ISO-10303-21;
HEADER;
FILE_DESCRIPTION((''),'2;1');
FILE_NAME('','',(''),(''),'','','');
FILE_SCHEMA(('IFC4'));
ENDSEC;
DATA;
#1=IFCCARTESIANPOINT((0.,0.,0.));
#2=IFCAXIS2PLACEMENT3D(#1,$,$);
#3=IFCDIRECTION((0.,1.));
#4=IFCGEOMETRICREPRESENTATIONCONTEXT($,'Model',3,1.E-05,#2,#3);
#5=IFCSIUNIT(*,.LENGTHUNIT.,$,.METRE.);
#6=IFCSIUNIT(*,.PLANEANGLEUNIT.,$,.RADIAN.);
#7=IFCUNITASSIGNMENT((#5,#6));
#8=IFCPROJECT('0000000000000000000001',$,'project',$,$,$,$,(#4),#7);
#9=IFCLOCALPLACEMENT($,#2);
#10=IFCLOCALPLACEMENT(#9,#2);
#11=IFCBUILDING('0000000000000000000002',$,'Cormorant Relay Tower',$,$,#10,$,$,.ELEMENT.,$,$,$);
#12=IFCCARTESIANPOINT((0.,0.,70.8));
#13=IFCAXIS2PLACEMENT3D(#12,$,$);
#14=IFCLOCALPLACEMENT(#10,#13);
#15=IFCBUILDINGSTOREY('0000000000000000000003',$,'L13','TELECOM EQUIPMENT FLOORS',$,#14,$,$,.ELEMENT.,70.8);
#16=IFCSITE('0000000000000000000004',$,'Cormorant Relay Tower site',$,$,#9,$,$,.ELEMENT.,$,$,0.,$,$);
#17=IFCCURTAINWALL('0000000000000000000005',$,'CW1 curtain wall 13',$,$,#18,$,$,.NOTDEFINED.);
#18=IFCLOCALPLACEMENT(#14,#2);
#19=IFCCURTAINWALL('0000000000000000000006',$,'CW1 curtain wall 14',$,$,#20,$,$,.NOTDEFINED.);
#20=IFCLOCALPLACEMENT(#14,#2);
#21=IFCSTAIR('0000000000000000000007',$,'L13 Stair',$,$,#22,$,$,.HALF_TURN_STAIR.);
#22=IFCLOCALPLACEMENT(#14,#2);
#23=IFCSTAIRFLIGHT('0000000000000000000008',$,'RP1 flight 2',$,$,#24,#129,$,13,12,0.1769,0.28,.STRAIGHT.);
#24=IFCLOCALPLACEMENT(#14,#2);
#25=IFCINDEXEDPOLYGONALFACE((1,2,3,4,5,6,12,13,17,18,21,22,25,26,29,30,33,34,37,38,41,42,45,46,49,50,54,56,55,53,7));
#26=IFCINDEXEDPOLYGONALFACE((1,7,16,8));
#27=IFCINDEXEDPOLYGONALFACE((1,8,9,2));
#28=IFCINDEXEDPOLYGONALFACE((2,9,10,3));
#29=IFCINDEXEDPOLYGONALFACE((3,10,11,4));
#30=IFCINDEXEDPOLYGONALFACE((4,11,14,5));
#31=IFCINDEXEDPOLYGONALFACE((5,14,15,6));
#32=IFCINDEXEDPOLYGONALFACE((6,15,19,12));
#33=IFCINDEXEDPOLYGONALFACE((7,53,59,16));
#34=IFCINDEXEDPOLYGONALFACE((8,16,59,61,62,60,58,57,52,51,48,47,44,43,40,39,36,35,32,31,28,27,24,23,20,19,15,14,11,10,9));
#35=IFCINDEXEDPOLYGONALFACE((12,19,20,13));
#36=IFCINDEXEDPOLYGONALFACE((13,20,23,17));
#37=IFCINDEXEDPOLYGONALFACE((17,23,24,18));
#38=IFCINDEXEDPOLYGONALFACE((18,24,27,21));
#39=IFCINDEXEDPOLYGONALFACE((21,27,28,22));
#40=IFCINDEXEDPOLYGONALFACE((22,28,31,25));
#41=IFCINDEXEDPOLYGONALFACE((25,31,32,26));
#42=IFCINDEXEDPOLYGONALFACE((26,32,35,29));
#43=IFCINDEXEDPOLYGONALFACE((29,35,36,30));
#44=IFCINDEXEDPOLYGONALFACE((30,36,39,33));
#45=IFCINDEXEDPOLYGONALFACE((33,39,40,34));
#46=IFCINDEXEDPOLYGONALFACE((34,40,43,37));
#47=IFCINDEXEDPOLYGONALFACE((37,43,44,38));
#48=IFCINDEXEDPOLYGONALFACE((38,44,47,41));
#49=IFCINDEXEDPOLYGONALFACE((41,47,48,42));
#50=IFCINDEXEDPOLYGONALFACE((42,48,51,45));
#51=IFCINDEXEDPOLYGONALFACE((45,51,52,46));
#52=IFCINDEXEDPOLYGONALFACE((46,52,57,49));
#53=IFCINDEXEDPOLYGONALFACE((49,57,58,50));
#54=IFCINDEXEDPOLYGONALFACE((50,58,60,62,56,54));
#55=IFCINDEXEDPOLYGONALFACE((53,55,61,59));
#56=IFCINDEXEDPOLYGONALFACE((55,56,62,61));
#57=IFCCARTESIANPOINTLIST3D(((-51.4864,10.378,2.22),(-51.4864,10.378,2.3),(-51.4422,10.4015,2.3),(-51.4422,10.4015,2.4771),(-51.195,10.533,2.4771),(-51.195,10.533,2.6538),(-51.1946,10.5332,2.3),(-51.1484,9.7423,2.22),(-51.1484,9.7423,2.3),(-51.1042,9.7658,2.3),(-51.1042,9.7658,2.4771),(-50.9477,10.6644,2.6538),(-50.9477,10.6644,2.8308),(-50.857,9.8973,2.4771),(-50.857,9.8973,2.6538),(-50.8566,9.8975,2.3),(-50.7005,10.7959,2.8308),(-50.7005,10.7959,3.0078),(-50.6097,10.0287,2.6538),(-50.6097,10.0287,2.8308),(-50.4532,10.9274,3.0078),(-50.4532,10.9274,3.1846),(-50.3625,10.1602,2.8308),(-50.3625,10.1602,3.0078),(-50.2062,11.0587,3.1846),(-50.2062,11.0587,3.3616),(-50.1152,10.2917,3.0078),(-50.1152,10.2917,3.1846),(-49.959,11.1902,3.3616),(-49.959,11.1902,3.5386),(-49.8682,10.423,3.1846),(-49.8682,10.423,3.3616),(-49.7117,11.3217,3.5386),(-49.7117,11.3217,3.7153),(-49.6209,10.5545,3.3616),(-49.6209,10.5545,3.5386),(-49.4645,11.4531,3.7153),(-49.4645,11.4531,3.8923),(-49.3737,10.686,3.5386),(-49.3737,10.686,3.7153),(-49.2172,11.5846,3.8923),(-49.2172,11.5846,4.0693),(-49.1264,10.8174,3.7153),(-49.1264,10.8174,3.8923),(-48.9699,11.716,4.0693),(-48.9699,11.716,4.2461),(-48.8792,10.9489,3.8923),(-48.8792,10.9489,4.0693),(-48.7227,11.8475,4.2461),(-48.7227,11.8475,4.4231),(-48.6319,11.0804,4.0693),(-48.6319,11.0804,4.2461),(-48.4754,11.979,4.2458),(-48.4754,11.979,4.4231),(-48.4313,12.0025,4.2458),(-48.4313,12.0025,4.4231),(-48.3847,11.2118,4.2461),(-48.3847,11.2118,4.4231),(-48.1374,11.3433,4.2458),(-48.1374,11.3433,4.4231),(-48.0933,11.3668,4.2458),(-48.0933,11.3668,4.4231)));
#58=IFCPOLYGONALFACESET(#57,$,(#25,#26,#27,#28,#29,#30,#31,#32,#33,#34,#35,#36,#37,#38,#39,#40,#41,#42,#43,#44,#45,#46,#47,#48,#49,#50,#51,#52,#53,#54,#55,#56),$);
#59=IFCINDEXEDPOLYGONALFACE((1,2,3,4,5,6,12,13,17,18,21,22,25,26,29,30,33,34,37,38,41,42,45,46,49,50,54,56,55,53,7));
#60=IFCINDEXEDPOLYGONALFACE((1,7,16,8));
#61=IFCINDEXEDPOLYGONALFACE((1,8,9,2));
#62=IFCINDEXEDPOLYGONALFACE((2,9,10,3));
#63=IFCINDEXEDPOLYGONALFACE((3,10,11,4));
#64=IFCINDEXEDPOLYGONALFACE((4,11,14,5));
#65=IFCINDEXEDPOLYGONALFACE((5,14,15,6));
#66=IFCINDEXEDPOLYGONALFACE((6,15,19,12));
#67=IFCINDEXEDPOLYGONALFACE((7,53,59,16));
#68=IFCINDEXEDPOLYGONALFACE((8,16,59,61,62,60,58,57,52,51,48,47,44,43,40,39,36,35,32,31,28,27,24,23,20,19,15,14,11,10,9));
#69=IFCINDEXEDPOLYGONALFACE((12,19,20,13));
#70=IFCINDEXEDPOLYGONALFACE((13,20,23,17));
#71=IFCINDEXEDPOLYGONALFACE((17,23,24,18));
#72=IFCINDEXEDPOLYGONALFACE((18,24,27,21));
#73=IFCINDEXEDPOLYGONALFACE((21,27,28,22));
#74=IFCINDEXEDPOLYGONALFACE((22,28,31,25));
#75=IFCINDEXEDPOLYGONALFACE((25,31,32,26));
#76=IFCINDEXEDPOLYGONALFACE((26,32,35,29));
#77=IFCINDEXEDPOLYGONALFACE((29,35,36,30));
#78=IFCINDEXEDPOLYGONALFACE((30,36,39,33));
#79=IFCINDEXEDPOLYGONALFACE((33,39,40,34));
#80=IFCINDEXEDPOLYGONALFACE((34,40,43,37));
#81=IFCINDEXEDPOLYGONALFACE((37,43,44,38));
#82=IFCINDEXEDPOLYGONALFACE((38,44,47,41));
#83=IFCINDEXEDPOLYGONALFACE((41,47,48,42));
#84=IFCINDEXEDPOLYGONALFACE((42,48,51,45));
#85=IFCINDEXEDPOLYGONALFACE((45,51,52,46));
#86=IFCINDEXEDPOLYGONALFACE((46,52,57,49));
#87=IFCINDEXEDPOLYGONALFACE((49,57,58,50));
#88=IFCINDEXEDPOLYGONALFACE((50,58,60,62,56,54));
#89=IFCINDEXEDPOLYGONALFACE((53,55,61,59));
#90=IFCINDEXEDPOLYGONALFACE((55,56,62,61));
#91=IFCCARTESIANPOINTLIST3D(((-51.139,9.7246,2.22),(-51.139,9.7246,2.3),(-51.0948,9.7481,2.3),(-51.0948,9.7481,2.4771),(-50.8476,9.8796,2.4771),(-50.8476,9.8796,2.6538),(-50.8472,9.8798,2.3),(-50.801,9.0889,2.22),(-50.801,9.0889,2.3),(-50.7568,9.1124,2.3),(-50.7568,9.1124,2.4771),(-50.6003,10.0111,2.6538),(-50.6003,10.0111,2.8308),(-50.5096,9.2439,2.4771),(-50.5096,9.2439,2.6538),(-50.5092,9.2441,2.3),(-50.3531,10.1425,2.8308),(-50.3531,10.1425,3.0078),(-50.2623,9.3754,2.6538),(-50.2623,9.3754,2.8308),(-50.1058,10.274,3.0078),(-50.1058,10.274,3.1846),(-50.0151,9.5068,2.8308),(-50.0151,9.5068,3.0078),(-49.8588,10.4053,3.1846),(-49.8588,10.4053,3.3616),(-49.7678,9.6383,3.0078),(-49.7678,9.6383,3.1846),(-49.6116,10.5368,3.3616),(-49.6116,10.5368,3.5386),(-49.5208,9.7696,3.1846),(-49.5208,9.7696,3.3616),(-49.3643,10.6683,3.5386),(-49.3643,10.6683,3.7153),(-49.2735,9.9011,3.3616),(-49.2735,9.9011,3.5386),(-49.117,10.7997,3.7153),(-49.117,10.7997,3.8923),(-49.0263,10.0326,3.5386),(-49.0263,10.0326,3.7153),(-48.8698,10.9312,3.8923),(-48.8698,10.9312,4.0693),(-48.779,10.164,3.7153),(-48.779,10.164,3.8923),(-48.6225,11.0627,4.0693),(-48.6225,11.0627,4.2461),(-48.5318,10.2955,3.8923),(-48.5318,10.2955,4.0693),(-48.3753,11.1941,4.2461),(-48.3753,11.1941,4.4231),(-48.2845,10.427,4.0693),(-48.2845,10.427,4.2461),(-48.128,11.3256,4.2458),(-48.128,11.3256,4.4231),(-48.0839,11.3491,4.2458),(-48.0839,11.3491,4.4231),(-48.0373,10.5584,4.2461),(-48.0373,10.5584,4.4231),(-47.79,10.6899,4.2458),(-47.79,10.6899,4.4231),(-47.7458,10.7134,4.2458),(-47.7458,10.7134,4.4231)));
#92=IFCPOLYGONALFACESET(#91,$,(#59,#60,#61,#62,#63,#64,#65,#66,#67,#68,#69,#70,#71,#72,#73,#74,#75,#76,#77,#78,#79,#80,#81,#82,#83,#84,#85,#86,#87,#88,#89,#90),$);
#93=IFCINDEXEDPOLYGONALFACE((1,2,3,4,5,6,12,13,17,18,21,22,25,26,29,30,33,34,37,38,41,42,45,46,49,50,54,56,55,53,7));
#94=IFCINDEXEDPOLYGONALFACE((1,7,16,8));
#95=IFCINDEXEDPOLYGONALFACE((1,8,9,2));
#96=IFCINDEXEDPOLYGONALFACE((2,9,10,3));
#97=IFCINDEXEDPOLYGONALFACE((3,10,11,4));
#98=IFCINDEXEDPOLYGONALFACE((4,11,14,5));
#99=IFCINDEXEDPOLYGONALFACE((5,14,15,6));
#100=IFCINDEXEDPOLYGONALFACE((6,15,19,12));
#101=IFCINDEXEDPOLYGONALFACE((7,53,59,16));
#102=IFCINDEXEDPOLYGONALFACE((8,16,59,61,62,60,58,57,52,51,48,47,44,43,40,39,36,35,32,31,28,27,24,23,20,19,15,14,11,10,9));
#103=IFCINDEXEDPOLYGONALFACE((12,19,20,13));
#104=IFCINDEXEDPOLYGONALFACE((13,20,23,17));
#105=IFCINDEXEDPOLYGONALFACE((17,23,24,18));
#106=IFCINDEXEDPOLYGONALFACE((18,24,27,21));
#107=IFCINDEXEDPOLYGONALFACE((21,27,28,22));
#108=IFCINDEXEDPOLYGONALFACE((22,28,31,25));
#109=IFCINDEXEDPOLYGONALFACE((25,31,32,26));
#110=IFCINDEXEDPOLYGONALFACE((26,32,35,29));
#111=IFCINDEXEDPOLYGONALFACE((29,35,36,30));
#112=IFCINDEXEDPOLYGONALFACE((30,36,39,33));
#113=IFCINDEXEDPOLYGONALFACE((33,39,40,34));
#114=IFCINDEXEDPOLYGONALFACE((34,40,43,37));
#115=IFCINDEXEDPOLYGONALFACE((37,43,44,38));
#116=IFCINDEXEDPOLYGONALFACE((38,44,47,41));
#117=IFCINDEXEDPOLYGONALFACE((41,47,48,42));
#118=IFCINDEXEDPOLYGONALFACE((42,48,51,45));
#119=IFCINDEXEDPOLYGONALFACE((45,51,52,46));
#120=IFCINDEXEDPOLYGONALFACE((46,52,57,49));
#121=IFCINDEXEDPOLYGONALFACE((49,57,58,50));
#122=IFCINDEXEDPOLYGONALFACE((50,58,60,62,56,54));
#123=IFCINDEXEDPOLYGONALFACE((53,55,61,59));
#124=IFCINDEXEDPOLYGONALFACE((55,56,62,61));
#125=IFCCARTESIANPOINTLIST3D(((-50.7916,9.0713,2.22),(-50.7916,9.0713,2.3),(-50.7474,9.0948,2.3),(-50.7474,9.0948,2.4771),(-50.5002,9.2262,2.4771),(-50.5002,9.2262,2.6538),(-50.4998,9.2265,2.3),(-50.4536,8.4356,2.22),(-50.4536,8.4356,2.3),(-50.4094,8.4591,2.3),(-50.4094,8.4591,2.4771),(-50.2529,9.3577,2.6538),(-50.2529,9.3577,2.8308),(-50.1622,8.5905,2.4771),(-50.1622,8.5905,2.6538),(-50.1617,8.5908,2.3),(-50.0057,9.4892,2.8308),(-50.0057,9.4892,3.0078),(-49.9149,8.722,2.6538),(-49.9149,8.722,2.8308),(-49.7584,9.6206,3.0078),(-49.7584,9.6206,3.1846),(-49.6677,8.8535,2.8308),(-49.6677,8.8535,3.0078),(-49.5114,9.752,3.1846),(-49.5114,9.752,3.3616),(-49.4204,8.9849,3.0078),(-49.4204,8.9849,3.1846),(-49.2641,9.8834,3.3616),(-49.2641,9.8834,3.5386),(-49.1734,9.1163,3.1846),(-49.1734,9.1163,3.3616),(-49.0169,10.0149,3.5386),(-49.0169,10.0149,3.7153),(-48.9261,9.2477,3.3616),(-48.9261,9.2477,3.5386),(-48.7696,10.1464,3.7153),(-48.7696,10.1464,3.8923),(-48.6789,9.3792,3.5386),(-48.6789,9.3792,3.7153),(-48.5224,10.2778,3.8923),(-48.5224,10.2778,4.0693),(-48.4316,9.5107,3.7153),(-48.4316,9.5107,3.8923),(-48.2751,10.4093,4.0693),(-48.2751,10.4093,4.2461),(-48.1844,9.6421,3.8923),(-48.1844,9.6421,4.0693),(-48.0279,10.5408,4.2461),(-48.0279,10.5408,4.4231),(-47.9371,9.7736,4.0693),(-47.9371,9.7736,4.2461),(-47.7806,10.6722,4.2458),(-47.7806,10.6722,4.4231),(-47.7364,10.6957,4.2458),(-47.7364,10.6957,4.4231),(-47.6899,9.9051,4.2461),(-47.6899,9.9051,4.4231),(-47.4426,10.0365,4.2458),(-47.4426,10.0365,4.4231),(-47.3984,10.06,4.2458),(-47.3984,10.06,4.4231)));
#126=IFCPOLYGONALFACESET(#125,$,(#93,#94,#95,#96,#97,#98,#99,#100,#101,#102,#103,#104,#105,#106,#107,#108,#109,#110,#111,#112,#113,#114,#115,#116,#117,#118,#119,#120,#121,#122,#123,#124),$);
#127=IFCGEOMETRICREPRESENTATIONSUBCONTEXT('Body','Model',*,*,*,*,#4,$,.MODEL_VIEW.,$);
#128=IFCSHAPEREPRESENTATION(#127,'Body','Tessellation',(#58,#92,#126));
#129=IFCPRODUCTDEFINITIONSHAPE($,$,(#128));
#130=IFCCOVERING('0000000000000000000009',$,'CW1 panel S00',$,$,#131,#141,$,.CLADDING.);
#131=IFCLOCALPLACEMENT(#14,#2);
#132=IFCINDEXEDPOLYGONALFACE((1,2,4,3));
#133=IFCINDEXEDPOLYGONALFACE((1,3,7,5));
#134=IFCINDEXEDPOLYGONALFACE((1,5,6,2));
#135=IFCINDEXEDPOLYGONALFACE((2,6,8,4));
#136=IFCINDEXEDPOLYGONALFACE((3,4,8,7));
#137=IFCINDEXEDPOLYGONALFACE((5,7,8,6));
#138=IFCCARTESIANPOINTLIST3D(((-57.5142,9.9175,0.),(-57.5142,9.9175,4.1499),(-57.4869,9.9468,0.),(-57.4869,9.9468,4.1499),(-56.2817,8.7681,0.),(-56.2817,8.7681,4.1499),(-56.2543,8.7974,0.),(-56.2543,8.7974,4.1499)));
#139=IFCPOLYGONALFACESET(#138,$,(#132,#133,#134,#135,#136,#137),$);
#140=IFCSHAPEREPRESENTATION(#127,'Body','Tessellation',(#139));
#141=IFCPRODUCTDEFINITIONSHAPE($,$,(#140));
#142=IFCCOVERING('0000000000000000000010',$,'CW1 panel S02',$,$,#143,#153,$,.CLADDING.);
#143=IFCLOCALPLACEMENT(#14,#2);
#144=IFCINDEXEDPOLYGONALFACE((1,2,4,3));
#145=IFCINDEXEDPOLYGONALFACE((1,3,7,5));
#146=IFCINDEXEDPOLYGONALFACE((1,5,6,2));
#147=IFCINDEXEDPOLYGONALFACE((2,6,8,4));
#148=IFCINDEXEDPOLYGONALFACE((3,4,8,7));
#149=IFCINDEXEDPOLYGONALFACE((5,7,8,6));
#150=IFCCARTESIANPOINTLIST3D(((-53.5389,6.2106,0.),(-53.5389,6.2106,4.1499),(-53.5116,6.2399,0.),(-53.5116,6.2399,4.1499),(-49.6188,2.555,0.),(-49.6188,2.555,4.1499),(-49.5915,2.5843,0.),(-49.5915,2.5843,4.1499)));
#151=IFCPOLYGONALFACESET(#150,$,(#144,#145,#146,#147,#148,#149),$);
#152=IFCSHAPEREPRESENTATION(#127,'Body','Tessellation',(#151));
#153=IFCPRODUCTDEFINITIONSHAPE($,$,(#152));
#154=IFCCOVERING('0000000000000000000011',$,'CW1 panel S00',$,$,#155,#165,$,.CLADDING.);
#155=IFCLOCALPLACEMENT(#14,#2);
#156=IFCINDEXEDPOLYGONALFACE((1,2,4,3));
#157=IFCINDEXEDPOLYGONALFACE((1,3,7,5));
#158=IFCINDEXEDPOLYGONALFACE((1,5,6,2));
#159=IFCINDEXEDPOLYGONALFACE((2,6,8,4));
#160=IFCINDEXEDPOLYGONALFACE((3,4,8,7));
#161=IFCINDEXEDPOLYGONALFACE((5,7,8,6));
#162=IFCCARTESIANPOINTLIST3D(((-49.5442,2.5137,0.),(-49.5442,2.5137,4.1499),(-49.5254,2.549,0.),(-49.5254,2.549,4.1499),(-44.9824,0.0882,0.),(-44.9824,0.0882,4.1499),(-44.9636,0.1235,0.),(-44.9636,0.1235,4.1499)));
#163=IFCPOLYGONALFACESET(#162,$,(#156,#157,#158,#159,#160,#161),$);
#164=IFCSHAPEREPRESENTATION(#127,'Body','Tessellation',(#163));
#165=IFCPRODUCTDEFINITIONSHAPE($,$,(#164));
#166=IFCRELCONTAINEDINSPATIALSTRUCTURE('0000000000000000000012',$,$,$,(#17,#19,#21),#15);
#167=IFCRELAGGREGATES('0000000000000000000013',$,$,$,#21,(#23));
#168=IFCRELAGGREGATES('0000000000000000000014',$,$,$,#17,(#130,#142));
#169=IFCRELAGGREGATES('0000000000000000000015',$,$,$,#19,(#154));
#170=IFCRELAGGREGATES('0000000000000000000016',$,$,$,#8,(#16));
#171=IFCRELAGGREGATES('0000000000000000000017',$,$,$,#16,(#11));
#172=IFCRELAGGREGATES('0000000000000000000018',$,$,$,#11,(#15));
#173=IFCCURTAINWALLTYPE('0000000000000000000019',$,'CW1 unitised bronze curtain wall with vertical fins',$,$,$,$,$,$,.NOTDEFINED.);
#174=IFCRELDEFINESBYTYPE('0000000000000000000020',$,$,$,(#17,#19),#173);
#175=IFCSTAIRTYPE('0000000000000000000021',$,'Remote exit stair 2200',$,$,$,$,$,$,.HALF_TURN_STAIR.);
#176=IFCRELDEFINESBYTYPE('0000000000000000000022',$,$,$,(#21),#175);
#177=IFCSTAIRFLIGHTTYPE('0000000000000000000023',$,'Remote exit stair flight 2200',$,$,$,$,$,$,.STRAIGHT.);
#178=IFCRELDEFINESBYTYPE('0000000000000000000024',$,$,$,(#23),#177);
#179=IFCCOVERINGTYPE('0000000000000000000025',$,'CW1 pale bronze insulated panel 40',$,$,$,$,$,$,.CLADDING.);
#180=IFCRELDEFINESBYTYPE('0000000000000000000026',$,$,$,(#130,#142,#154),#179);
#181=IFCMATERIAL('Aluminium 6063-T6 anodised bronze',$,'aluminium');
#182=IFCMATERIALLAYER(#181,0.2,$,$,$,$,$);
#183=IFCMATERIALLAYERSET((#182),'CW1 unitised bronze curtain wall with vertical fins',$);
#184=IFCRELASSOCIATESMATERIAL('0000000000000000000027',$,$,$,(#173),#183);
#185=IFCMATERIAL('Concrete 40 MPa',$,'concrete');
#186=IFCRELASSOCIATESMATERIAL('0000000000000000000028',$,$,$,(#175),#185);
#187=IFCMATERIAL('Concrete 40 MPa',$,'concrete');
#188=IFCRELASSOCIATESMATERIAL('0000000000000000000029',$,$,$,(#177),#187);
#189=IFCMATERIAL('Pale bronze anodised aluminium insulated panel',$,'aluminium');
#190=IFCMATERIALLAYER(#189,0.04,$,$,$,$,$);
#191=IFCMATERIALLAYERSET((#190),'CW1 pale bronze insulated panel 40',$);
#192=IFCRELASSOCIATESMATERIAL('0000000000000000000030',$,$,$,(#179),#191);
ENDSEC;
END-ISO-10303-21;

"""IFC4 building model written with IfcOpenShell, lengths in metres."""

from ifc_helpers import new_model, si_unit, direction, frame, origin, origin_2d, place, context, subcontext, project, spatial, polyline, rectangle, outline, extrude, material, layer, layer_set, type_object, element, aggregate, save


model = new_model("IFC4")

# Units and contexts
model_context = context("Model", 3, precision=1e-05, world=origin(), true_north=direction((0.0, 1.0)))
body_context = subcontext(model_context, "Body", "Model", "MODEL_VIEW")
ifc_project = project(units=[si_unit("LENGTHUNIT", "METRE"), si_unit("PLANEANGLEUNIT", "RADIAN")], contexts=[model_context])

# Site, building, storey
site_placement = place(None, origin())
site = spatial("IfcSite", under=ifc_project, at=site_placement, Name="Cormorant Relay Tower site", CompositionType="ELEMENT", RefElevation=0.0)
building_placement = place(site_placement, origin())
building = spatial("IfcBuilding", under=site, at=building_placement, Name="Cormorant Relay Tower", CompositionType="ELEMENT")
storey_placement = place(building_placement, frame((0.0, 0.0, 70.8)))
storey = spatial("IfcBuildingStorey", under=building, at=storey_placement, Name="L13", Description="TELECOM EQUIPMENT FLOORS", CompositionType="ELEMENT", Elevation=70.8)

# Curtain walls
ifc_material_1 = material(Name="Aluminium 6063-T6 anodised bronze", Category="aluminium")
ifc_layer_1 = layer(ifc_material_1, 0.2)
ifc_layer_set_1 = layer_set([ifc_layer_1], Name="CW1 unitised bronze curtain wall with vertical fins")
curtain_wall_type = type_object("IfcCurtainWallType", Name="CW1 unitised bronze curtain wall with vertical fins", PredefinedType="NOTDEFINED", material=ifc_layer_set_1)
curtain_wall_1_placement = place(storey_placement, origin())
curtain_wall_1 = element("IfcCurtainWall", 1, at=curtain_wall_1_placement, inside=storey, type_object=curtain_wall_type, Name="CW1 curtain wall 13", PredefinedType="NOTDEFINED")
curtain_wall_2_placement = place(storey_placement, origin())
curtain_wall_2 = element("IfcCurtainWall", 2, at=curtain_wall_2_placement, inside=storey, type_object=curtain_wall_type, Name="CW1 curtain wall 14", PredefinedType="NOTDEFINED")

# Stair, stair flight
ifc_material_2 = material(Name="Concrete 40 MPa", Category="concrete")
stair_type = type_object("IfcStairType", Name="Remote exit stair 2200", PredefinedType="HALF_TURN_STAIR", material=ifc_material_2)
stair_placement = place(storey_placement, origin())
stair = element("IfcStair", 3, at=stair_placement, inside=storey, type_object=stair_type, Name="L13 Stair", PredefinedType="HALF_TURN_STAIR")
ifc_material_3 = material(Name="Concrete 40 MPa", Category="concrete")
stair_flight_type = type_object("IfcStairFlightType", Name="Remote exit stair flight 2200", PredefinedType="STRAIGHT", material=ifc_material_3)
stair_flight_1_placement = place(storey_placement, frame((-50.9258, 9.4302, 2.3), z_axis=(0.0, 0.0, 1.0), x_axis=(0.882948, 0.469472, 0.0)))
stair_flight_1 = element("IfcStairFlight", 4, at=stair_flight_1_placement, type_object=stair_flight_type, Name="RP1 flight 2", NumberOfRisers=13, NumberOfTreads=12, PredefinedType="STRAIGHT", RiserHeight=0.1769, TreadLength=0.28, context=body_context, shape_type="SweptSolid", body=[
    extrude(outline(polyline([(-0.05, -0.0801), (-0.05, 0.0), (0.0, 0.0), (0.0, 0.177), (0.28, 0.177), (0.28, 0.3538), (0.5601, 0.3538), (0.5601, 0.5308), (0.8401, 0.5308), (0.8401, 0.7078), (1.1201, 0.7078), (1.1201, 0.8845), (1.3999, 0.8845), (1.3999, 1.0615), (1.6799, 1.0615), (1.6799, 1.2385), (1.96, 1.2385), (1.96, 1.4153), (2.24, 1.4153), (2.24, 1.5923), (2.52, 1.5923), (2.52, 1.7693), (2.8, 1.7693), (2.8, 1.946), (3.0801, 1.946), (3.0801, 2.123), (3.3601, 2.123), (3.4102, 2.123), (3.4102, 1.9458), (3.3601, 1.9458), (0.2805, 0.0), (-0.05, -0.0801)])), frame((0.0, 1.1001, 0.0), z_axis=(0.0, -1.0, 0.0), x_axis=(1.0, 0.0, 0.0)), (0.0, 0.0, 1.0), 0.72),
    extrude(outline(polyline([(-0.05, -0.0801), (-0.05, 0.0), (0.0, 0.0), (0.0, 0.177), (0.28, 0.177), (0.28, 0.3538), (0.5601, 0.3538), (0.5601, 0.5308), (0.8401, 0.5308), (0.8401, 0.7078), (1.1201, 0.7078), (1.1201, 0.8845), (1.3999, 0.8845), (1.3999, 1.0615), (1.6799, 1.0615), (1.6799, 1.2385), (1.96, 1.2385), (1.96, 1.4153), (2.24, 1.4153), (2.24, 1.5923), (2.52, 1.5923), (2.52, 1.7693), (2.8, 1.7693), (2.8, 1.946), (3.0801, 1.946), (3.0801, 2.123), (3.3601, 2.123), (3.4102, 2.123), (3.4102, 1.9458), (3.3601, 1.9458), (0.2805, 0.0), (-0.05, -0.0801)])), frame((0.0, 0.3601, 0.0), z_axis=(0.0, -1.0, 0.0), x_axis=(1.0, 0.0, 0.0)), (0.0, 0.0, 1.0), 0.72),
    extrude(outline(polyline([(-0.05, -0.0801), (-0.05, 0.0), (0.0, 0.0), (0.0, 0.177), (0.28, 0.177), (0.28, 0.3538), (0.5601, 0.3538), (0.5601, 0.5308), (0.8401, 0.5308), (0.8401, 0.7078), (1.1201, 0.7078), (1.1201, 0.8845), (1.3999, 0.8845), (1.3999, 1.0615), (1.6799, 1.0615), (1.6799, 1.2385), (1.96, 1.2385), (1.96, 1.4153), (2.24, 1.4153), (2.24, 1.5923), (2.52, 1.5923), (2.52, 1.7693), (2.8, 1.7693), (2.8, 1.946), (3.0801, 1.946), (3.0801, 2.123), (3.3601, 2.123), (3.4102, 2.123), (3.4102, 1.9458), (3.3601, 1.9458), (0.2805, 0.0), (-0.05, -0.0801)])), frame((0.0, -0.3799, 0.0), z_axis=(0.0, -1.0, 0.0), x_axis=(1.0, 0.0, 0.0)), (0.0, 0.0, 1.0), 0.72),
])
aggregate(stair, [stair_flight_1])

# Coverings
ifc_material_4 = material(Name="Pale bronze anodised aluminium insulated panel", Category="aluminium")
ifc_layer_2 = layer(ifc_material_4, 0.04)
ifc_layer_set_2 = layer_set([ifc_layer_2], Name="CW1 pale bronze insulated panel 40")
covering_type = type_object("IfcCoveringType", Name="CW1 pale bronze insulated panel 40", PredefinedType="CLADDING", material=ifc_layer_set_2)
covering_1_placement = place(storey_placement, frame((-56.8843, 9.3574, 0.0), z_axis=(0.0, 0.0, 1.0), x_axis=(0.731354, -0.681998, 0.0)))
covering_1 = element("IfcCovering", 5, at=covering_1_placement, type_object=covering_type, Name="CW1 panel S00", PredefinedType="CLADDING", context=body_context, shape_type="SweptSolid", body=[
    extrude(rectangle(XDim=1.6853, YDim=0.04, at=origin_2d()), origin(), (0.0, 0.0, 1.0), 4.1499),
])
covering_2_placement = place(storey_placement, frame((-51.5652, 4.3975, 0.0), z_axis=(0.0, 0.0, 1.0), x_axis=(0.731354, -0.681998, 0.0)))
covering_2 = element("IfcCovering", 6, at=covering_2_placement, type_object=covering_type, Name="CW1 panel S02", PredefinedType="CLADDING", context=body_context, shape_type="SweptSolid", body=[
    extrude(rectangle(XDim=5.3601, YDim=0.04, at=origin_2d()), origin(), (0.0, 0.0, 1.0), 4.1499),
])
aggregate(curtain_wall_1, [covering_1, covering_2])
covering_3_placement = place(storey_placement, frame((-47.2539, 1.3186, 0.0), z_axis=(0.0, 0.0, 1.0), x_axis=(0.882948, -0.469472, 0.0)))
covering_3 = element("IfcCovering", 7, at=covering_3_placement, type_object=covering_type, Name="CW1 panel S00", PredefinedType="CLADDING", context=body_context, shape_type="SweptSolid", body=[
    extrude(rectangle(XDim=5.1665, YDim=0.04, at=origin_2d()), origin(), (0.0, 0.0, 1.0), 4.1499),
])
aggregate(curtain_wall_2, [covering_3])

save(model, "model.ifc")
